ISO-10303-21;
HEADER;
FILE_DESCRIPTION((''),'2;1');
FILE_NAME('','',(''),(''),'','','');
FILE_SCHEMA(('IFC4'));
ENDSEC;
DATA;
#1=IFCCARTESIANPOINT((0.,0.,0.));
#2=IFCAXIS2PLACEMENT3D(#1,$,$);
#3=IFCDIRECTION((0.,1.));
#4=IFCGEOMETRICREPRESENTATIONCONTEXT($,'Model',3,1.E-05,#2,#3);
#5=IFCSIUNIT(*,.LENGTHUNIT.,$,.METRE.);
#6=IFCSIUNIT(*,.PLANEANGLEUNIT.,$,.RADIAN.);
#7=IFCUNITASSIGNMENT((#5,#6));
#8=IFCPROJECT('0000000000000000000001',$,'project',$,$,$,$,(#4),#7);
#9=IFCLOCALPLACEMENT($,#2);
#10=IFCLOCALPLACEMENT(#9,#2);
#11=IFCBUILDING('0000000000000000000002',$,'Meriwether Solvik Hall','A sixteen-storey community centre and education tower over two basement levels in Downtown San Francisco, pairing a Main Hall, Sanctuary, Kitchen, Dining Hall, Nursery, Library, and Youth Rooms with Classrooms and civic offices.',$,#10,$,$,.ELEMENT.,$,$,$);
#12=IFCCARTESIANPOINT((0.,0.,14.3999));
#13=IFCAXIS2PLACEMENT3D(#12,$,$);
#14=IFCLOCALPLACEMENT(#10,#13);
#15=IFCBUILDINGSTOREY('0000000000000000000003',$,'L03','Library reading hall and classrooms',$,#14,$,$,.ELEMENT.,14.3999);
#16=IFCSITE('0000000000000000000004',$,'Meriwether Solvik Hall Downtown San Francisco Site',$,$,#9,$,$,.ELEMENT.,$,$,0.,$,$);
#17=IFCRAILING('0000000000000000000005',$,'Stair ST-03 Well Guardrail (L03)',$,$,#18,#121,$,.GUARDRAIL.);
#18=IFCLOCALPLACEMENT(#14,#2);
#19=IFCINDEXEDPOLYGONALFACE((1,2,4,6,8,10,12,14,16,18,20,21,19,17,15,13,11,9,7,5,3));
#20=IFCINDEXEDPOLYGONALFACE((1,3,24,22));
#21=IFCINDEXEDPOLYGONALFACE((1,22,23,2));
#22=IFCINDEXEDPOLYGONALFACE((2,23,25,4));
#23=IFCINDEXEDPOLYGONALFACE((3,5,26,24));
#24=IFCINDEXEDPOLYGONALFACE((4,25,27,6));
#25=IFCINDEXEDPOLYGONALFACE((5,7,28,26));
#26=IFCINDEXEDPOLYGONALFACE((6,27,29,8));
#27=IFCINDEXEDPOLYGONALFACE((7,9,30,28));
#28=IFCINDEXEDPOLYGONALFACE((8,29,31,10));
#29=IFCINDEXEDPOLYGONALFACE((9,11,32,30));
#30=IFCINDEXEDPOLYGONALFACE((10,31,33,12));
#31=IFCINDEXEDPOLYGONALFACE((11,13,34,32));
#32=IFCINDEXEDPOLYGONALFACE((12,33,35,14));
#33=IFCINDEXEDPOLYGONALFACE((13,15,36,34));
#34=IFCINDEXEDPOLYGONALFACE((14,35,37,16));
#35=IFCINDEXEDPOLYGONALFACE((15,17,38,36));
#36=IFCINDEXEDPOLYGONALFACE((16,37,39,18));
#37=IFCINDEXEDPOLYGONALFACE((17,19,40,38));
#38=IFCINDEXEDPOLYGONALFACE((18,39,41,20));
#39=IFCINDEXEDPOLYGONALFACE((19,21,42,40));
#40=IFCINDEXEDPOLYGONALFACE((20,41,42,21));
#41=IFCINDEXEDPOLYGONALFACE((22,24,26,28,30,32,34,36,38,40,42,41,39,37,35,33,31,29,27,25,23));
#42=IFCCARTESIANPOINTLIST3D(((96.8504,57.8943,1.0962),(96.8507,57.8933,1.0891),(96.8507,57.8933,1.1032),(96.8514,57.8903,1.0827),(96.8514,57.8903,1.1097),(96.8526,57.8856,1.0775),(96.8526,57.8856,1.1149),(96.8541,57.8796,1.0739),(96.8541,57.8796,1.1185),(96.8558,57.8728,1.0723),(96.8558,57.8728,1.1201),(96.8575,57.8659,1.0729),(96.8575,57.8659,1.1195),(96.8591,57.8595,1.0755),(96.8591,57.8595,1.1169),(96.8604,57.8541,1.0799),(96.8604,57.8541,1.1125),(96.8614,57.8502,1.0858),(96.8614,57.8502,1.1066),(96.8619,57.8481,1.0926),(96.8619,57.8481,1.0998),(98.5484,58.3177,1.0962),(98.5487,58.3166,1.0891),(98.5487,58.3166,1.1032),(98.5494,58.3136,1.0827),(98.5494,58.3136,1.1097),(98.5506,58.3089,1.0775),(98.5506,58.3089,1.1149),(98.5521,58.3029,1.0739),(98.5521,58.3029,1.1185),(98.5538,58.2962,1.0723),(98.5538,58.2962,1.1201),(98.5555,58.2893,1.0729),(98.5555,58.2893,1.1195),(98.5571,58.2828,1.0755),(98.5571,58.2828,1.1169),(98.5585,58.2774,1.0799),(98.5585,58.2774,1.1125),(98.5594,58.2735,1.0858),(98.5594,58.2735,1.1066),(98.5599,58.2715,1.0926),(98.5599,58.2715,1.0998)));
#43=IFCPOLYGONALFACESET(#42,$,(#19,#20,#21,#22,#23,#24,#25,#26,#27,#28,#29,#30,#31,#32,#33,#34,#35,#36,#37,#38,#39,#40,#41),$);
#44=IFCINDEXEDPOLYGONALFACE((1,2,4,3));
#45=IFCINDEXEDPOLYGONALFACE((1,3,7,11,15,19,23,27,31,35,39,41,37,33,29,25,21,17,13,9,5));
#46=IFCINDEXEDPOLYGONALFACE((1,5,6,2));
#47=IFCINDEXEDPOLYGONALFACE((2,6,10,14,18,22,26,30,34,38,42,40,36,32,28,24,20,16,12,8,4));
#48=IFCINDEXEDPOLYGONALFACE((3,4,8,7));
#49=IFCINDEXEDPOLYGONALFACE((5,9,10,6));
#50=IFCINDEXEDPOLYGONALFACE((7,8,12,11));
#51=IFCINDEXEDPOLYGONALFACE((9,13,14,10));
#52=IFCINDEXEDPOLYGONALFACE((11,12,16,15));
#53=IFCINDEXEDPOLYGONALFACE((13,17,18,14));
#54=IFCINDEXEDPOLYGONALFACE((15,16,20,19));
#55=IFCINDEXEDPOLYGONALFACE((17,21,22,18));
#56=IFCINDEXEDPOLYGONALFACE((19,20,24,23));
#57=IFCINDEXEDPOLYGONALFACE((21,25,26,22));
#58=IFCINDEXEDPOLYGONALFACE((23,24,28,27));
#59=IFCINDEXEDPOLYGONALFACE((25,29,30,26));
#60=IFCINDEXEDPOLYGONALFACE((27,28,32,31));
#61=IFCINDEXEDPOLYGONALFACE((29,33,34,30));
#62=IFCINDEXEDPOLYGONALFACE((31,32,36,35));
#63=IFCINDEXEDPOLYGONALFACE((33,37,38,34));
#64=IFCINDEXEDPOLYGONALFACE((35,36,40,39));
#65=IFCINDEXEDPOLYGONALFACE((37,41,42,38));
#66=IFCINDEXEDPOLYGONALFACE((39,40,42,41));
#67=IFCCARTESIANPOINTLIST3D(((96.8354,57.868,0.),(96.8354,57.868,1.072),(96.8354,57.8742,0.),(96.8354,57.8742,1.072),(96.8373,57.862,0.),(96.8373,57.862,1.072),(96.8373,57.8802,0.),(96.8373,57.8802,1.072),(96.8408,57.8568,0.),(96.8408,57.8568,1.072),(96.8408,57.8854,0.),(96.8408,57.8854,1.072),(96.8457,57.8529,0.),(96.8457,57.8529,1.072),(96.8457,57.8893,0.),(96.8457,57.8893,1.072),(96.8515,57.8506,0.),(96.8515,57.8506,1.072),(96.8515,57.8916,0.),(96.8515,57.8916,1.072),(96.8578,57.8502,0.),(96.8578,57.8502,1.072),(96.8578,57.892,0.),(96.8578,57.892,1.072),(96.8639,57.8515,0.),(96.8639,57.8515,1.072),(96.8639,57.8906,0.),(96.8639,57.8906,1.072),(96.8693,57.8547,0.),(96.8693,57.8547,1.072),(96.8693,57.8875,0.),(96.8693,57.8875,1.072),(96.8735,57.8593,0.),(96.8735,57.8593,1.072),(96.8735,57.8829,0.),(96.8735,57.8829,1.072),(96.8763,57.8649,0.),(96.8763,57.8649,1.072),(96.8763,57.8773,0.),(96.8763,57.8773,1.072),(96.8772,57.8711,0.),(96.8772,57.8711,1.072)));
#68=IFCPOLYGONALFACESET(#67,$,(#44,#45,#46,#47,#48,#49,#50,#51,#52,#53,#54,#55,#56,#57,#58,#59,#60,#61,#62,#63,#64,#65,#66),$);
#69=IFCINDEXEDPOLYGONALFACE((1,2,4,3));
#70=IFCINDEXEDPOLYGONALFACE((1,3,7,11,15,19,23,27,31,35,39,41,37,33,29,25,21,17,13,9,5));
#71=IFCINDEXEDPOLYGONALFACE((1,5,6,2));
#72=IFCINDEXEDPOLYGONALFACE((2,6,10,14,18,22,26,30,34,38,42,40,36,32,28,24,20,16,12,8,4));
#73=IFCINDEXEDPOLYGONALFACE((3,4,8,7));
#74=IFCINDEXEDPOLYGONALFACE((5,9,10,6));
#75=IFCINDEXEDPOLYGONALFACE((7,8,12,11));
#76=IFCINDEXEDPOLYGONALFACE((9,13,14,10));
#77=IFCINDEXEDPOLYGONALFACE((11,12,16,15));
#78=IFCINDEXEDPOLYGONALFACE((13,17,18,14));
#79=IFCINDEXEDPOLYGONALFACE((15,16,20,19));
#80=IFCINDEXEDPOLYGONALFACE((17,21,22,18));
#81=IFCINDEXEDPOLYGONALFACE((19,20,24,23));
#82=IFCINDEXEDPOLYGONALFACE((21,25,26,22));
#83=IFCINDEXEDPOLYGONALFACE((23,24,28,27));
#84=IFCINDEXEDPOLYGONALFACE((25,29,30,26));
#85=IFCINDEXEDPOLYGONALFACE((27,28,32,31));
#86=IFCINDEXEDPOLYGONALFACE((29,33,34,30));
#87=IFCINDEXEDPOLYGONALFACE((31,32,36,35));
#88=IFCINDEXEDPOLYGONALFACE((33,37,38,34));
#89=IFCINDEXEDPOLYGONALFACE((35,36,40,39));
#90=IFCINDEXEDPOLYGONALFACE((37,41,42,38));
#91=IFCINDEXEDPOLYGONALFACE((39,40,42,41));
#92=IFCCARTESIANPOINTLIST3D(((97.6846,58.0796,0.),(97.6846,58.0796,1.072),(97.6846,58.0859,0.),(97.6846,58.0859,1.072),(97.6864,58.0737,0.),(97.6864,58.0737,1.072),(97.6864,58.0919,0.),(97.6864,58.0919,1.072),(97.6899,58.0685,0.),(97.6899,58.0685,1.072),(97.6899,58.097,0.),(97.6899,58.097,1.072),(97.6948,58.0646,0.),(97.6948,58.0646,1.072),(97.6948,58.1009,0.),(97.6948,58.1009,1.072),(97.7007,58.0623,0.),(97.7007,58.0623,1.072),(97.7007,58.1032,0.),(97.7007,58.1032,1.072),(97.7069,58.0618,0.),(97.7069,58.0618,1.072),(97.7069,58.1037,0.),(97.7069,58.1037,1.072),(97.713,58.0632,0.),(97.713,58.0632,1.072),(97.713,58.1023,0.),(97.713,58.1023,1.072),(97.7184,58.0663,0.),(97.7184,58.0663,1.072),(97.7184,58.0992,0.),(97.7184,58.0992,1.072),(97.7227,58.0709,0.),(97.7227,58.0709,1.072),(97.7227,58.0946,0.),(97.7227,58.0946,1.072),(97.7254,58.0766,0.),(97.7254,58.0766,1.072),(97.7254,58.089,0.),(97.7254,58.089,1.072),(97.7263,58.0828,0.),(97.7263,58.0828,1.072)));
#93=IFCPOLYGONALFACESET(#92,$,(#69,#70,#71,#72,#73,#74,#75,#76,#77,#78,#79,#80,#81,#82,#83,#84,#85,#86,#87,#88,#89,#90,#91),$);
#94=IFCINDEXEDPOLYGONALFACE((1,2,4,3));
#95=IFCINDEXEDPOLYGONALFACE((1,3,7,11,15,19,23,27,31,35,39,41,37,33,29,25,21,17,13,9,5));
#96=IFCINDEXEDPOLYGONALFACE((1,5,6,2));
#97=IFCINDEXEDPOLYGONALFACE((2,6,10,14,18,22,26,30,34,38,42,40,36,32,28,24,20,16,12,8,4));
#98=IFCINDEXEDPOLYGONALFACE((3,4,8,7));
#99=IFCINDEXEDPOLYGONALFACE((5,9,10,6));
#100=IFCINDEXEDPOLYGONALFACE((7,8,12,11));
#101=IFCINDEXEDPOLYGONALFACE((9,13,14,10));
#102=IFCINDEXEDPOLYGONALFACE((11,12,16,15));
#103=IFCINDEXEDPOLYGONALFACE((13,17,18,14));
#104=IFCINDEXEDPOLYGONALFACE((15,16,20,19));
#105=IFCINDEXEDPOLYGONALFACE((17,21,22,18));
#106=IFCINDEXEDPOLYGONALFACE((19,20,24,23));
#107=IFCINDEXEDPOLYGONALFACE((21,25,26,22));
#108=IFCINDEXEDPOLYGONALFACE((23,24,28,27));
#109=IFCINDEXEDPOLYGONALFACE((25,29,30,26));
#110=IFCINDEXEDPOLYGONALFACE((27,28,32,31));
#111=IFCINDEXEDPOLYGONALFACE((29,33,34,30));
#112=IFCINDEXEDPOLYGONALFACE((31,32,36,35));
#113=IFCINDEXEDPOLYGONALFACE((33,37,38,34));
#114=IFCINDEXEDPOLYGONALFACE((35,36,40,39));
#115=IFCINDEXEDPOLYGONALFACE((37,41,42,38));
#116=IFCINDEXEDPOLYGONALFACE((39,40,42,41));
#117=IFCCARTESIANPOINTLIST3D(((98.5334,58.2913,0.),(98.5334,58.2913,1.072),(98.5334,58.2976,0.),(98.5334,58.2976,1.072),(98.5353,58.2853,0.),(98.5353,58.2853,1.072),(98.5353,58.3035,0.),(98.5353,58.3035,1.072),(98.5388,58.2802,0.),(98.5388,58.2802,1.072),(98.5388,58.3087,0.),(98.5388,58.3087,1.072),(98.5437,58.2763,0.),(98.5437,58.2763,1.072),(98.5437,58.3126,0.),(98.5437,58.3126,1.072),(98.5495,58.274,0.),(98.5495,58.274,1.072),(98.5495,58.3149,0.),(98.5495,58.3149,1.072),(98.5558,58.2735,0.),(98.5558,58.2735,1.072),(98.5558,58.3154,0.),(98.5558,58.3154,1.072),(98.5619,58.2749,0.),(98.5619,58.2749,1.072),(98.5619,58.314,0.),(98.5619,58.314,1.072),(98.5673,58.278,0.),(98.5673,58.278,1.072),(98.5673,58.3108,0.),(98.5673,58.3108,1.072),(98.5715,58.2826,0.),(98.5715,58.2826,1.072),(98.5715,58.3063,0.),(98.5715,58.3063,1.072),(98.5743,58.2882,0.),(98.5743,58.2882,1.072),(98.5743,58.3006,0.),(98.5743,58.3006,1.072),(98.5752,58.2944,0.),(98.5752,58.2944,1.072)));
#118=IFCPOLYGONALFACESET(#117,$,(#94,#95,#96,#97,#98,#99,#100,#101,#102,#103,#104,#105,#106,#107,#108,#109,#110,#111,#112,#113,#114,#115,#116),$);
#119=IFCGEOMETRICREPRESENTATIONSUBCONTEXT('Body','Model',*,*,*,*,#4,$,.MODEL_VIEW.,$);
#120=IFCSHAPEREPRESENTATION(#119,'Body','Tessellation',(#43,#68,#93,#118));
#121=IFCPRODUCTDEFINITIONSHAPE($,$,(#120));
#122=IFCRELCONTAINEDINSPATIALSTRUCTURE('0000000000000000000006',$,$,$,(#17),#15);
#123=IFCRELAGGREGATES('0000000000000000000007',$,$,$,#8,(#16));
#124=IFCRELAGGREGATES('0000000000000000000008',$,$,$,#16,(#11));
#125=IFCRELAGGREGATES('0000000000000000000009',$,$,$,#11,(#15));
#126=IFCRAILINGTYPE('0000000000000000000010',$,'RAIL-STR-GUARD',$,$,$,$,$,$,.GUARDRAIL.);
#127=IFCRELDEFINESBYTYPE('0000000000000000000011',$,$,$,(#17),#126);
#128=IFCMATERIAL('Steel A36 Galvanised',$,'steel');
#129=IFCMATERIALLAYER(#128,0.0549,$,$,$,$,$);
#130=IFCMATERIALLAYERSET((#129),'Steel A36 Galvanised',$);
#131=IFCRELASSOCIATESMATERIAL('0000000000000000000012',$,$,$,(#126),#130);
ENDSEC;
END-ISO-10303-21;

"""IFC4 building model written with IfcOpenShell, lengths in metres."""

from ifc_helpers import new_model, si_unit, direction, frame, origin, origin_2d, place, context, subcontext, project, spatial, circle, extrude, material, layer, layer_set, type_object, element, save


model = new_model("IFC4")

# Units and contexts
model_context = context("Model", 3, precision=1e-05, world=origin(), true_north=direction((0.0, 1.0)))
body_context = subcontext(model_context, "Body", "Model", "MODEL_VIEW")
ifc_project = project(units=[si_unit("LENGTHUNIT", "METRE"), si_unit("PLANEANGLEUNIT", "RADIAN")], contexts=[model_context])

# Site, building, storey
site_placement = place(None, origin())
site = spatial("IfcSite", under=ifc_project, at=site_placement, Name="Meriwether Solvik Hall Downtown San Francisco Site", CompositionType="ELEMENT", RefElevation=0.0)
building_placement = place(site_placement, origin())
building = spatial("IfcBuilding", under=site, at=building_placement, Name="Meriwether Solvik Hall", Description="A sixteen-storey community centre and education tower over two basement levels in Downtown San Francisco, pairing a Main Hall, Sanctuary, Kitchen, Dining Hall, Nursery, Library, and Youth Rooms with Classrooms and civic offices.", CompositionType="ELEMENT")
storey_placement = place(building_placement, frame((0.0, 0.0, 14.3999)))
storey = spatial("IfcBuildingStorey", under=building, at=storey_placement, Name="L03", Description="Library reading hall and classrooms", CompositionType="ELEMENT", Elevation=14.3999)

# Railing
ifc_material_1 = material(Name="Steel A36 Galvanised", Category="steel")
ifc_layer_1 = layer(ifc_material_1, 0.0549)
ifc_layer_set_1 = layer_set([ifc_layer_1], Name="Steel A36 Galvanised")
railing_type_1 = type_object("IfcRailingType", Name="RAIL-STR-GUARD", PredefinedType="GUARDRAIL", material=ifc_layer_set_1)
for number, where, name in (
    (1, (96.8562, 57.8711, 0.0), "Stair ST-03 Well Guardrail (L03)"),
):
    element("IfcRailing", number, at=place(storey_placement, frame(where)), inside=storey, type_object=railing_type_1, Name=name, PredefinedType="GUARDRAIL", context=body_context, shape_type="SweptSolid", body=[
        extrude(circle(Radius=0.0239, at=origin_2d()), frame((0.0, 0.0, 1.0962), z_axis=(0.970298, 0.241912, 0.0), x_axis=(-0.241912, 0.970298, 0.0)), (0.0, 0.0, 1.0), 1.75),
        extrude(circle(Radius=0.021, at=origin_2d()), origin(), (0.0, 0.0, 1.0), 1.072),
        extrude(circle(Radius=0.021, at=origin_2d()), frame((0.8491, 0.2117, 0.0)), (0.0, 0.0, 1.0), 1.072),
        extrude(circle(Radius=0.021, at=origin_2d()), frame((1.698, 0.4233, 0.0)), (0.0, 0.0, 1.0), 1.072),
    ])

save(model, "model.ifc")
